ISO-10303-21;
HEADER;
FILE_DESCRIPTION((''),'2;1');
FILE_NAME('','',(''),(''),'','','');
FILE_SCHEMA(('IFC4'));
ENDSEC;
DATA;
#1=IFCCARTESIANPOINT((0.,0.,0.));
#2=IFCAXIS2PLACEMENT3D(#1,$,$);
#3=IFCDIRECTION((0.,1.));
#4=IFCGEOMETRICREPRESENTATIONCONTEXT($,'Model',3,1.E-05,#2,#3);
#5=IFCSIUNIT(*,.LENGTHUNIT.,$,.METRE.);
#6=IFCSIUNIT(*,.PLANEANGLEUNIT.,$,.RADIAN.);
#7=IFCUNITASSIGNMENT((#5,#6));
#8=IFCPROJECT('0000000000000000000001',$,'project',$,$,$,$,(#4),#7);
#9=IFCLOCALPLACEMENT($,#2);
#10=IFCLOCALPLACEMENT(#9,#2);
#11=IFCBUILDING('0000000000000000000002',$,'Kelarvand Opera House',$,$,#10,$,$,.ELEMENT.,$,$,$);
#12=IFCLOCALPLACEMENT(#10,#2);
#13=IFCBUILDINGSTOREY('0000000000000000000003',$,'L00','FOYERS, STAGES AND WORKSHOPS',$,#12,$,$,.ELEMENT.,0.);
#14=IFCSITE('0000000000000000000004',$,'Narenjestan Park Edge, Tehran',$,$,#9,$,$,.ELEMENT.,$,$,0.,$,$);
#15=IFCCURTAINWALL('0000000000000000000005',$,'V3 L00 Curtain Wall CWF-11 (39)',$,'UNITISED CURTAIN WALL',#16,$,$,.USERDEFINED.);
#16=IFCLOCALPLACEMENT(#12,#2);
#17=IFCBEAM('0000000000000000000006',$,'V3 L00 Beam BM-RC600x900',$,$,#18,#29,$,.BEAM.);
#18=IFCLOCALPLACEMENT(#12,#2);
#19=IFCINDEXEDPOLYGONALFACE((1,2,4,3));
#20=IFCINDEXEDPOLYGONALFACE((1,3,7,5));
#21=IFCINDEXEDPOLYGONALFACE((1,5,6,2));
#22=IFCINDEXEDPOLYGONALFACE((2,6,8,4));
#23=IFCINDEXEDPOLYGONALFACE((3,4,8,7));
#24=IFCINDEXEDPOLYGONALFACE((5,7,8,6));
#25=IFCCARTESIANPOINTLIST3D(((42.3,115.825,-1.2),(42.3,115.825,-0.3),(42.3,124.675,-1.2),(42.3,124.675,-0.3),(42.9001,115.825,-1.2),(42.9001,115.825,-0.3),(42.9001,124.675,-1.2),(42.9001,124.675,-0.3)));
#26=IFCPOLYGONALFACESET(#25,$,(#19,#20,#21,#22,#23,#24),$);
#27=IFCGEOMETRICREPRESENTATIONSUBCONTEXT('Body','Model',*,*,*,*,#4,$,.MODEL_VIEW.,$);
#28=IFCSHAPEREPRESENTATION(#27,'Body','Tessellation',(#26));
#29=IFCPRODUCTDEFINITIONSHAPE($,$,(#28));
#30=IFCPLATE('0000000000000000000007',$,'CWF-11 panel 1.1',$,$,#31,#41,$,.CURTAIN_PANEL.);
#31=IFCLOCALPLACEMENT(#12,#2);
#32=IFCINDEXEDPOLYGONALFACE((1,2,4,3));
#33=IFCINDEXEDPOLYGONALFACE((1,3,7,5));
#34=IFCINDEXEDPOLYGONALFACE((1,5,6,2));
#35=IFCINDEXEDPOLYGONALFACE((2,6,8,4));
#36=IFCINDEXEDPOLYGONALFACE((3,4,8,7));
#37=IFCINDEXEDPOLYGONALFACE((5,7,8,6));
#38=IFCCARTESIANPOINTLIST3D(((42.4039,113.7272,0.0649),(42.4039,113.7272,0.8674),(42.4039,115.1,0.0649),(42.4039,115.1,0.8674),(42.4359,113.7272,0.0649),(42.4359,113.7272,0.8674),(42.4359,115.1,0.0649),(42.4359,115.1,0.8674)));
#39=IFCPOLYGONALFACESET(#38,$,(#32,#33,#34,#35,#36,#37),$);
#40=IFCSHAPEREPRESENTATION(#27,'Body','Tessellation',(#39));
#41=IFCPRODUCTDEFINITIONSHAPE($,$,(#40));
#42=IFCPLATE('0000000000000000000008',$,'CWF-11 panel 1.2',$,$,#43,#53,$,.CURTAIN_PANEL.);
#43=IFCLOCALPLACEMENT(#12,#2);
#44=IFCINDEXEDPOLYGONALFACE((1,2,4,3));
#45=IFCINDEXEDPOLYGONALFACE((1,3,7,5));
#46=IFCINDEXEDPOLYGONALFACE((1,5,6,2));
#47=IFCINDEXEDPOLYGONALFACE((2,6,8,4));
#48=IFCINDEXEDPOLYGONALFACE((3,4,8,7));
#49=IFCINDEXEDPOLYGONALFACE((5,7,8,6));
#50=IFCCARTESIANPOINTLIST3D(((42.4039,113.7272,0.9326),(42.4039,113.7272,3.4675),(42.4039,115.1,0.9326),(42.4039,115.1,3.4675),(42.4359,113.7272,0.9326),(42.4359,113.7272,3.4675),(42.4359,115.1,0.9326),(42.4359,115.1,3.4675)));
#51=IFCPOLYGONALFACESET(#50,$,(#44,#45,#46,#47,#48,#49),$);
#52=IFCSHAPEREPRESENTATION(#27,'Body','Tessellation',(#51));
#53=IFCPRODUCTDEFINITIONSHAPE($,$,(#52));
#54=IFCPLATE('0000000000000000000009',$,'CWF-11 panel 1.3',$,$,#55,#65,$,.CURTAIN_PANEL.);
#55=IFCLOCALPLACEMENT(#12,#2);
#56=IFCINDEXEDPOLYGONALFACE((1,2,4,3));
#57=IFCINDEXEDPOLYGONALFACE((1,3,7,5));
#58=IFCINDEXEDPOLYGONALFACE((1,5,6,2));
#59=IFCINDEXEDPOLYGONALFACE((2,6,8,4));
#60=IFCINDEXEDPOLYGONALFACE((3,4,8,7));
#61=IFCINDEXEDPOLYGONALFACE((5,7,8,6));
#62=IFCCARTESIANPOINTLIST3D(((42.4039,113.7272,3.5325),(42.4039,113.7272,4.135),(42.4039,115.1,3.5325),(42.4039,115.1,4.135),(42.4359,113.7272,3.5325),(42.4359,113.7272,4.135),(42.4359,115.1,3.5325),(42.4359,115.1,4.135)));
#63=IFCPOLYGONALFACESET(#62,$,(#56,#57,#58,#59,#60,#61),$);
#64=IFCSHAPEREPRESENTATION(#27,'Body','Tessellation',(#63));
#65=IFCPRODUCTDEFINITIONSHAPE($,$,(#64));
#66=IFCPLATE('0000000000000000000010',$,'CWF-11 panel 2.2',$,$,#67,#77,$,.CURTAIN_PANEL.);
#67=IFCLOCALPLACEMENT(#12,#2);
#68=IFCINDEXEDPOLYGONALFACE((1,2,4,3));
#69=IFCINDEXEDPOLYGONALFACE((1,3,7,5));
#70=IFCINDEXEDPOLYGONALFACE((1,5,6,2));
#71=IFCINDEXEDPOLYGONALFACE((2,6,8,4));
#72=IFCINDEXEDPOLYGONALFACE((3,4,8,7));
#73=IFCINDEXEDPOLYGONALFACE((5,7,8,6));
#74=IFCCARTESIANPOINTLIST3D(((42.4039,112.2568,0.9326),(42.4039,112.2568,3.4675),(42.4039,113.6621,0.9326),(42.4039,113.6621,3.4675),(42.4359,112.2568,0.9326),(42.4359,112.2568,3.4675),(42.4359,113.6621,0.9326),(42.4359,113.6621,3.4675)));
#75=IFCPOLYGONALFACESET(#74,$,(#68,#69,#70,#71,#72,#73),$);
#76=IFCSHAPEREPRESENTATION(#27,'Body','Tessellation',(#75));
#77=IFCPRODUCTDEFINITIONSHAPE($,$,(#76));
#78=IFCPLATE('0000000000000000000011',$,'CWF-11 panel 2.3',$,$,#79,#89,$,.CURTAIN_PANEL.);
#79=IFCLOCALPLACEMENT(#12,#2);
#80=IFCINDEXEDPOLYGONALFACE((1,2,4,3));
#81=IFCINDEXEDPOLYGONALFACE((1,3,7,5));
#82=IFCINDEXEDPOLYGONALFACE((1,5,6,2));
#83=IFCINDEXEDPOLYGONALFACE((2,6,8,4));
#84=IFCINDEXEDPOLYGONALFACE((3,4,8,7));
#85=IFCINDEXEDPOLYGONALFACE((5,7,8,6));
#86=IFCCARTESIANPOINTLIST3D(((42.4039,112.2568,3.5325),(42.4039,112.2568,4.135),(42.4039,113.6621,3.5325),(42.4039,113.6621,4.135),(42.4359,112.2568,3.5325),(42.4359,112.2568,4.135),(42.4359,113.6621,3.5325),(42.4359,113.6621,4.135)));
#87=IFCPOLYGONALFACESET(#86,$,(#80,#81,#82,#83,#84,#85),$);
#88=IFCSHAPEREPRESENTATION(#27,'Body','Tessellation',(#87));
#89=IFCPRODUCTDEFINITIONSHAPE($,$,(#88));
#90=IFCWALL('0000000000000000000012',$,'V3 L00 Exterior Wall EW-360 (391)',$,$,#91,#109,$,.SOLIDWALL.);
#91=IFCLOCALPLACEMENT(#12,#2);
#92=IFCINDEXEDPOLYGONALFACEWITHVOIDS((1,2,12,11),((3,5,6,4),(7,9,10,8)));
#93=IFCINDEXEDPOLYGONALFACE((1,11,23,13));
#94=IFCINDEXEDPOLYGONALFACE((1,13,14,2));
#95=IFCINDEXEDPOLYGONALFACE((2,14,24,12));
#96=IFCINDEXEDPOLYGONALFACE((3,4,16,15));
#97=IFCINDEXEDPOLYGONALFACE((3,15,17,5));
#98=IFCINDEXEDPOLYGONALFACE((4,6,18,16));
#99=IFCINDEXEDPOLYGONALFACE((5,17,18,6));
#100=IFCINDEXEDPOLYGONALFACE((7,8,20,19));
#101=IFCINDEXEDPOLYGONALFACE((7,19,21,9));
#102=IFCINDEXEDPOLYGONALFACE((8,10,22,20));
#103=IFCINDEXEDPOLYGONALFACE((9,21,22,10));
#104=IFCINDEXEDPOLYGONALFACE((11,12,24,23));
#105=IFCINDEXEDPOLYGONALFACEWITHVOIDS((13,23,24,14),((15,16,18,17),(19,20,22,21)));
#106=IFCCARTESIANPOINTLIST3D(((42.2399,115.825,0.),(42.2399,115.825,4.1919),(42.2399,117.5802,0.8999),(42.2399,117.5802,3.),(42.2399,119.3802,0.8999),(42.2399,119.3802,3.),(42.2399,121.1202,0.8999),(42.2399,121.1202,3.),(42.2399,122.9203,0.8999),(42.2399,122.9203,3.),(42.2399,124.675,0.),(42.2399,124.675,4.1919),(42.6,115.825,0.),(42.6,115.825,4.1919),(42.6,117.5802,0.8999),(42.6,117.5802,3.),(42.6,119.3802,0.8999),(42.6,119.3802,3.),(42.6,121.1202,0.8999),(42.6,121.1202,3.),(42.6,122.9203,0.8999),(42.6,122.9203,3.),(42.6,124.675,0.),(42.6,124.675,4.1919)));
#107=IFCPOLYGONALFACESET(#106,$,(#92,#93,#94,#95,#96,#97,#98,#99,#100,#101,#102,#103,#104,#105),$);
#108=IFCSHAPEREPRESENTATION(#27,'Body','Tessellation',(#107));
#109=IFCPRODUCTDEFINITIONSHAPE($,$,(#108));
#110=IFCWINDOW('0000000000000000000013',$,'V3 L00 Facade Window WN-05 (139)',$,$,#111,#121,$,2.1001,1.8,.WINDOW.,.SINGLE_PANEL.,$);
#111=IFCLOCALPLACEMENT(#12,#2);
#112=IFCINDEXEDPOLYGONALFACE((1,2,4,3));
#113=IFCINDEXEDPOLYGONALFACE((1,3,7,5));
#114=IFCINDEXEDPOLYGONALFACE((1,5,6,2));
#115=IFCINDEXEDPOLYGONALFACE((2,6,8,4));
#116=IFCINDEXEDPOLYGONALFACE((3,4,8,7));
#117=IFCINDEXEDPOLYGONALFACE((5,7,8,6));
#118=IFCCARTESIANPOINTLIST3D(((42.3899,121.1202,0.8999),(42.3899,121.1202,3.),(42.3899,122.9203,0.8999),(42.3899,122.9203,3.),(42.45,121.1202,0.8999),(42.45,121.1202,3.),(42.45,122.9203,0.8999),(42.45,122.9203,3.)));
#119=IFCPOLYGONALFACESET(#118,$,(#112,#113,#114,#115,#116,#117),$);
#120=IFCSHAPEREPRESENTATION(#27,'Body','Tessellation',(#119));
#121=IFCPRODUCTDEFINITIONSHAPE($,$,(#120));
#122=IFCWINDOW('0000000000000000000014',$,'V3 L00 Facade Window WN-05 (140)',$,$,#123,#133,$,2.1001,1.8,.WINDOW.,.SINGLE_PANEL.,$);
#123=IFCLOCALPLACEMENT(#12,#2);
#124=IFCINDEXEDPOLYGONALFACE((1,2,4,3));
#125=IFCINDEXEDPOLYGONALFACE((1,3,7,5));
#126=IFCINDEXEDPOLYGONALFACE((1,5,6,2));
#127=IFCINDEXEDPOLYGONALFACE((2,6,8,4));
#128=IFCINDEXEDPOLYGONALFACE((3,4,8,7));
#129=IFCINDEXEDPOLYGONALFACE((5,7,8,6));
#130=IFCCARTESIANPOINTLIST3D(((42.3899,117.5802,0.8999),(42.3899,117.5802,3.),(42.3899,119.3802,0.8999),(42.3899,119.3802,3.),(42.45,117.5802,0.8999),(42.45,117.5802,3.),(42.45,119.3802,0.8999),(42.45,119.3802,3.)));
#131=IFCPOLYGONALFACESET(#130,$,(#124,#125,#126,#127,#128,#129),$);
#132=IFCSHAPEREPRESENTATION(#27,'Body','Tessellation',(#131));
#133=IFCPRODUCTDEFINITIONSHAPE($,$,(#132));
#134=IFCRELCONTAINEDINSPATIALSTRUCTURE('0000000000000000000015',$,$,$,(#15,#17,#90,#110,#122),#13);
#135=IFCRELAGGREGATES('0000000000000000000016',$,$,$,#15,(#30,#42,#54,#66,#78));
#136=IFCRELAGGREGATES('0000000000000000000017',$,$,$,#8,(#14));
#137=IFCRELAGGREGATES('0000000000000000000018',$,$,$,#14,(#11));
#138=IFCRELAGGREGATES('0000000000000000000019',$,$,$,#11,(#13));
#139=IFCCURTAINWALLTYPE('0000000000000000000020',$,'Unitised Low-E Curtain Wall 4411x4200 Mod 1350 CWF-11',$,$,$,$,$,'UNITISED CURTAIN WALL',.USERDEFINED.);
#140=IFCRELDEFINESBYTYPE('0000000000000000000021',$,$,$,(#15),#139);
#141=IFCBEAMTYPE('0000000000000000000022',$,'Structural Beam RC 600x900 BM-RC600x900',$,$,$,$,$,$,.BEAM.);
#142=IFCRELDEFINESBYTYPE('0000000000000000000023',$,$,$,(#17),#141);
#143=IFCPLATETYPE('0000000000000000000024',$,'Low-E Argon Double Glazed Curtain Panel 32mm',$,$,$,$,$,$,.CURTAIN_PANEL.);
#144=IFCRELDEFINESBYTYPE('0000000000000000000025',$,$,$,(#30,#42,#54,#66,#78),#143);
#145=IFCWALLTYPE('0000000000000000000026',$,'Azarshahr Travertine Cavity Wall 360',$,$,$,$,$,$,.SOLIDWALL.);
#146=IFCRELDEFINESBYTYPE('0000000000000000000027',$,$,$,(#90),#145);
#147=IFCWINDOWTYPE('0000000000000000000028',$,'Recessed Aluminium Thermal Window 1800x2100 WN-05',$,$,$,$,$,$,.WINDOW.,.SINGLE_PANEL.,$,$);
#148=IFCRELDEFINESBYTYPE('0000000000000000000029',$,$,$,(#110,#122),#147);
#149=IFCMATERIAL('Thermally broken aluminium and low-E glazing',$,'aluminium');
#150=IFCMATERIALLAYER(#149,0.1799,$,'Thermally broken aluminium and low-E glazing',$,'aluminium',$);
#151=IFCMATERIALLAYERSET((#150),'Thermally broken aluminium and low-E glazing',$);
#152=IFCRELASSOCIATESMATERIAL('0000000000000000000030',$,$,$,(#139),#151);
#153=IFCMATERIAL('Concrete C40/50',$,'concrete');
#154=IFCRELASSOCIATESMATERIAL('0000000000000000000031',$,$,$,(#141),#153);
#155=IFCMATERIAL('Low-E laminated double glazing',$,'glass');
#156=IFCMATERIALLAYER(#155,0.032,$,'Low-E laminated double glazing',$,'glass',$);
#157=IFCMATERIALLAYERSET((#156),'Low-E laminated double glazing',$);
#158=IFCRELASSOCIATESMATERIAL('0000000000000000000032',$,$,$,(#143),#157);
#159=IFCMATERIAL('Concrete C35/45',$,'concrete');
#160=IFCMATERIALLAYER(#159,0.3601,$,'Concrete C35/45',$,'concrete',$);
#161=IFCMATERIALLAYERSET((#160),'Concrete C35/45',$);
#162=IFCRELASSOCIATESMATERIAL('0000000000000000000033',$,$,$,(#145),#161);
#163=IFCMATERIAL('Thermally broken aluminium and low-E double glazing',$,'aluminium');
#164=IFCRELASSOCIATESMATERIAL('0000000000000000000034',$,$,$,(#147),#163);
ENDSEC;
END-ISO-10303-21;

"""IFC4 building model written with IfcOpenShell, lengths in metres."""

from ifc_helpers import new_model, si_unit, direction, frame, frame_2d, origin, origin_2d, place, context, subcontext, project, spatial, rectangle, extrude, material, layer, layer_set, material_profile, profile_set, type_object, element, fill, aggregate, save


model = new_model("IFC4")

# Units and contexts
model_context = context("Model", 3, precision=1e-05, world=origin(), true_north=direction((0.0, 1.0)))
body_context = subcontext(model_context, "Body", "Model", "MODEL_VIEW")
ifc_project = project(units=[si_unit("LENGTHUNIT", "METRE"), si_unit("PLANEANGLEUNIT", "RADIAN")], contexts=[model_context])

# Site, building, storey
site_placement = place(None, origin())
site = spatial("IfcSite", under=ifc_project, at=site_placement, Name="Narenjestan Park Edge, Tehran", CompositionType="ELEMENT", RefElevation=0.0)
building_placement = place(site_placement, origin())
building = spatial("IfcBuilding", under=site, at=building_placement, Name="Kelarvand Opera House", CompositionType="ELEMENT")
storey_placement = place(building_placement, origin())
storey = spatial("IfcBuildingStorey", under=building, at=storey_placement, Name="L00", Description="FOYERS, STAGES AND WORKSHOPS", CompositionType="ELEMENT", Elevation=0.0)

# Shared definitions
ifc_material_1 = material(Name="Concrete C40/50", Category="concrete")

# Curtain wall
ifc_material_2 = material(Name="Thermally broken aluminium and low-E glazing", Category="aluminium")
ifc_layer_1 = layer(ifc_material_2, 0.1799, Name="Thermally broken aluminium and low-E glazing", Category="aluminium")
ifc_layer_set_1 = layer_set([ifc_layer_1], Name="Thermally broken aluminium and low-E glazing")
curtain_wall_type = type_object("IfcCurtainWallType", Name="Unitised Low-E Curtain Wall 4411x4200 Mod 1350 CWF-11", ElementType="UNITISED CURTAIN WALL", PredefinedType="USERDEFINED", material=ifc_layer_set_1)
curtain_wall_placement = place(storey_placement, origin())
curtain_wall = element("IfcCurtainWall", 1, at=curtain_wall_placement, inside=storey, type_object=curtain_wall_type, Name="V3 L00 Curtain Wall CWF-11 (39)", ObjectType="UNITISED CURTAIN WALL", PredefinedType="USERDEFINED")

# Beam
ifc_material_profile_1 = material_profile(ifc_material_1, rectangle(XDim=0.6001, YDim=0.8999, at=origin_2d()), Name="RC 600x900", Category="concrete")
ifc_profile_set_1 = profile_set([ifc_material_profile_1], Name="Concrete C40/50")
beam_type = type_object("IfcBeamType", Name="Structural Beam RC 600x900 BM-RC600x900", PredefinedType="BEAM", material=ifc_profile_set_1)
beam_placement = place(storey_placement, frame((42.6001, 115.825, -0.75), z_axis=(0.0, 1.0, 0.0), x_axis=(-1.0, 0.0, 0.0)))
element("IfcBeam", 2, at=beam_placement, inside=storey, type_object=beam_type, Name="V3 L00 Beam BM-RC600x900", PredefinedType="BEAM", context=body_context, shape_type="SweptSolid", body=[
    extrude(rectangle(XDim=0.6001, YDim=0.8999, at=origin_2d()), origin(), (0.0, 0.0, 1.0), 8.8501),
])

# Plates
ifc_material_3 = material(Name="Low-E laminated double glazing", Category="glass")
ifc_layer_2 = layer(ifc_material_3, 0.032, Name="Low-E laminated double glazing", Category="glass")
ifc_layer_set_2 = layer_set([ifc_layer_2], Name="Low-E laminated double glazing")
plate_type = type_object("IfcPlateType", Name="Low-E Argon Double Glazed Curtain Panel 32mm", PredefinedType="CURTAIN_PANEL", material=ifc_layer_set_2)
plate_1_placement = place(storey_placement, frame((42.4199, 114.4136, 0.0649), z_axis=(0.0, 0.0, 1.0), x_axis=(0.0, -1.0, 0.0)))
plate_1 = element("IfcPlate", 3, at=plate_1_placement, type_object=plate_type, Name="CWF-11 panel 1.1", PredefinedType="CURTAIN_PANEL", context=body_context, shape_type="SweptSolid", body=[
    extrude(rectangle(XDim=1.3728, YDim=0.032, at=origin_2d()), origin(), (0.0, 0.0, 1.0), 0.8025),
])
plate_2_placement = place(storey_placement, frame((42.4199, 114.4136, 0.9326), z_axis=(0.0, 0.0, 1.0), x_axis=(0.0, -1.0, 0.0)))
plate_2 = element("IfcPlate", 4, at=plate_2_placement, type_object=plate_type, Name="CWF-11 panel 1.2", PredefinedType="CURTAIN_PANEL", context=body_context, shape_type="SweptSolid", body=[
    extrude(rectangle(XDim=1.3728, YDim=0.032, at=origin_2d()), origin(), (0.0, 0.0, 1.0), 2.5349),
])
plate_3_placement = place(storey_placement, frame((42.4199, 114.4136, 3.5325), z_axis=(0.0, 0.0, 1.0), x_axis=(0.0, -1.0, 0.0)))
plate_3 = element("IfcPlate", 5, at=plate_3_placement, type_object=plate_type, Name="CWF-11 panel 1.3", PredefinedType="CURTAIN_PANEL", context=body_context, shape_type="SweptSolid", body=[
    extrude(rectangle(XDim=1.3728, YDim=0.032, at=origin_2d()), origin(), (0.0, 0.0, 1.0), 0.6025),
])
plate_4_placement = place(storey_placement, frame((42.4199, 112.9595, 0.9326), z_axis=(0.0, 0.0, 1.0), x_axis=(0.0, -1.0, 0.0)))
plate_4 = element("IfcPlate", 6, at=plate_4_placement, type_object=plate_type, Name="CWF-11 panel 2.2", PredefinedType="CURTAIN_PANEL", context=body_context, shape_type="SweptSolid", body=[
    extrude(rectangle(XDim=1.4053, YDim=0.032, at=origin_2d()), origin(), (0.0, 0.0, 1.0), 2.5349),
])
plate_5_placement = place(storey_placement, frame((42.4199, 112.9595, 3.5325), z_axis=(0.0, 0.0, 1.0), x_axis=(0.0, -1.0, 0.0)))
plate_5 = element("IfcPlate", 7, at=plate_5_placement, type_object=plate_type, Name="CWF-11 panel 2.3", PredefinedType="CURTAIN_PANEL", context=body_context, shape_type="SweptSolid", body=[
    extrude(rectangle(XDim=1.4053, YDim=0.032, at=origin_2d()), origin(), (0.0, 0.0, 1.0), 0.6025),
])
aggregate(curtain_wall, [plate_1, plate_2, plate_3, plate_4, plate_5])

# Wall, openings, windows
ifc_material_4 = material(Name="Concrete C35/45", Category="concrete")
ifc_layer_3 = layer(ifc_material_4, 0.3601, Name="Concrete C35/45", Category="concrete")
ifc_layer_set_3 = layer_set([ifc_layer_3], Name="Concrete C35/45")
wall_type = type_object("IfcWallType", Name="Azarshahr Travertine Cavity Wall 360", PredefinedType="SOLIDWALL", material=ifc_layer_set_3)
wall_placement = place(storey_placement, frame((42.4199, 124.675, 0.0), z_axis=(0.0, 0.0, 1.0), x_axis=(0.0, -1.0, 0.0)))
wall = element("IfcWall", 8, at=wall_placement, inside=storey, type_object=wall_type, Name="V3 L00 Exterior Wall EW-360 (391)", PredefinedType="SOLIDWALL", context=body_context, shape_type="SweptSolid", body=[
    extrude(rectangle(XDim=8.8501, YDim=0.3601, at=frame_2d((4.425, 0.0))), origin(), (0.0, 0.0, 1.0), 4.1919),
])
opening_1_placement = place(wall_placement, frame((1.7549, 0.0, 0.8999)))
opening_1 = element("IfcOpeningElement", 9, at=opening_1_placement, cuts=wall, PredefinedType="OPENING", context=body_context, shape_type="SweptSolid", body=[
    extrude(rectangle(XDim=1.8, YDim=2.1001, at=frame_2d((0.8999, 1.05))), frame((0.0, 0.1899, 0.0), z_axis=(0.0, -1.0, 0.0), x_axis=(1.0, 0.0, 0.0)), (0.0, 0.0, 1.0), 0.3801),
])
opening_2_placement = place(wall_placement, frame((5.2949, 0.0, 0.8999)))
opening_2 = element("IfcOpeningElement", 10, at=opening_2_placement, cuts=wall, PredefinedType="OPENING", context=body_context, shape_type="SweptSolid", body=[
    extrude(rectangle(XDim=1.8, YDim=2.1001, at=frame_2d((0.8999, 1.05))), frame((0.0, 0.1899, 0.0), z_axis=(0.0, -1.0, 0.0), x_axis=(1.0, 0.0, 0.0)), (0.0, 0.0, 1.0), 0.3801),
])
ifc_material_5 = material(Name="Thermally broken aluminium and low-E double glazing", Category="aluminium")
window_type = type_object("IfcWindowType", Name="Recessed Aluminium Thermal Window 1800x2100 WN-05", PartitioningType="SINGLE_PANEL", PredefinedType="WINDOW", material=ifc_material_5)
window_1_placement = place(opening_1_placement, origin())
window_1 = element("IfcWindow", 11, at=window_1_placement, inside=storey, type_object=window_type, Name="V3 L00 Facade Window WN-05 (139)", OverallHeight=2.1001, OverallWidth=1.8, PartitioningType="SINGLE_PANEL", PredefinedType="WINDOW", context=body_context, shape_type="SweptSolid", body=[
    extrude(rectangle(XDim=1.8, YDim=2.1001, at=frame_2d((0.8999, 1.05))), frame((0.0, 0.03, 0.0), z_axis=(0.0, -1.0, 0.0), x_axis=(1.0, 0.0, 0.0)), (0.0, 0.0, 1.0), 0.0601),
])
fill(opening_1, window_1)
window_2_placement = place(opening_2_placement, origin())
window_2 = element("IfcWindow", 12, at=window_2_placement, inside=storey, type_object=window_type, Name="V3 L00 Facade Window WN-05 (140)", OverallHeight=2.1001, OverallWidth=1.8, PartitioningType="SINGLE_PANEL", PredefinedType="WINDOW", context=body_context, shape_type="SweptSolid", body=[
    extrude(rectangle(XDim=1.8, YDim=2.1001, at=frame_2d((0.8999, 1.05))), frame((0.0, 0.03, 0.0), z_axis=(0.0, -1.0, 0.0), x_axis=(1.0, 0.0, 0.0)), (0.0, 0.0, 1.0), 0.0601),
])
fill(opening_2, window_2)

save(model, "model.ifc")
